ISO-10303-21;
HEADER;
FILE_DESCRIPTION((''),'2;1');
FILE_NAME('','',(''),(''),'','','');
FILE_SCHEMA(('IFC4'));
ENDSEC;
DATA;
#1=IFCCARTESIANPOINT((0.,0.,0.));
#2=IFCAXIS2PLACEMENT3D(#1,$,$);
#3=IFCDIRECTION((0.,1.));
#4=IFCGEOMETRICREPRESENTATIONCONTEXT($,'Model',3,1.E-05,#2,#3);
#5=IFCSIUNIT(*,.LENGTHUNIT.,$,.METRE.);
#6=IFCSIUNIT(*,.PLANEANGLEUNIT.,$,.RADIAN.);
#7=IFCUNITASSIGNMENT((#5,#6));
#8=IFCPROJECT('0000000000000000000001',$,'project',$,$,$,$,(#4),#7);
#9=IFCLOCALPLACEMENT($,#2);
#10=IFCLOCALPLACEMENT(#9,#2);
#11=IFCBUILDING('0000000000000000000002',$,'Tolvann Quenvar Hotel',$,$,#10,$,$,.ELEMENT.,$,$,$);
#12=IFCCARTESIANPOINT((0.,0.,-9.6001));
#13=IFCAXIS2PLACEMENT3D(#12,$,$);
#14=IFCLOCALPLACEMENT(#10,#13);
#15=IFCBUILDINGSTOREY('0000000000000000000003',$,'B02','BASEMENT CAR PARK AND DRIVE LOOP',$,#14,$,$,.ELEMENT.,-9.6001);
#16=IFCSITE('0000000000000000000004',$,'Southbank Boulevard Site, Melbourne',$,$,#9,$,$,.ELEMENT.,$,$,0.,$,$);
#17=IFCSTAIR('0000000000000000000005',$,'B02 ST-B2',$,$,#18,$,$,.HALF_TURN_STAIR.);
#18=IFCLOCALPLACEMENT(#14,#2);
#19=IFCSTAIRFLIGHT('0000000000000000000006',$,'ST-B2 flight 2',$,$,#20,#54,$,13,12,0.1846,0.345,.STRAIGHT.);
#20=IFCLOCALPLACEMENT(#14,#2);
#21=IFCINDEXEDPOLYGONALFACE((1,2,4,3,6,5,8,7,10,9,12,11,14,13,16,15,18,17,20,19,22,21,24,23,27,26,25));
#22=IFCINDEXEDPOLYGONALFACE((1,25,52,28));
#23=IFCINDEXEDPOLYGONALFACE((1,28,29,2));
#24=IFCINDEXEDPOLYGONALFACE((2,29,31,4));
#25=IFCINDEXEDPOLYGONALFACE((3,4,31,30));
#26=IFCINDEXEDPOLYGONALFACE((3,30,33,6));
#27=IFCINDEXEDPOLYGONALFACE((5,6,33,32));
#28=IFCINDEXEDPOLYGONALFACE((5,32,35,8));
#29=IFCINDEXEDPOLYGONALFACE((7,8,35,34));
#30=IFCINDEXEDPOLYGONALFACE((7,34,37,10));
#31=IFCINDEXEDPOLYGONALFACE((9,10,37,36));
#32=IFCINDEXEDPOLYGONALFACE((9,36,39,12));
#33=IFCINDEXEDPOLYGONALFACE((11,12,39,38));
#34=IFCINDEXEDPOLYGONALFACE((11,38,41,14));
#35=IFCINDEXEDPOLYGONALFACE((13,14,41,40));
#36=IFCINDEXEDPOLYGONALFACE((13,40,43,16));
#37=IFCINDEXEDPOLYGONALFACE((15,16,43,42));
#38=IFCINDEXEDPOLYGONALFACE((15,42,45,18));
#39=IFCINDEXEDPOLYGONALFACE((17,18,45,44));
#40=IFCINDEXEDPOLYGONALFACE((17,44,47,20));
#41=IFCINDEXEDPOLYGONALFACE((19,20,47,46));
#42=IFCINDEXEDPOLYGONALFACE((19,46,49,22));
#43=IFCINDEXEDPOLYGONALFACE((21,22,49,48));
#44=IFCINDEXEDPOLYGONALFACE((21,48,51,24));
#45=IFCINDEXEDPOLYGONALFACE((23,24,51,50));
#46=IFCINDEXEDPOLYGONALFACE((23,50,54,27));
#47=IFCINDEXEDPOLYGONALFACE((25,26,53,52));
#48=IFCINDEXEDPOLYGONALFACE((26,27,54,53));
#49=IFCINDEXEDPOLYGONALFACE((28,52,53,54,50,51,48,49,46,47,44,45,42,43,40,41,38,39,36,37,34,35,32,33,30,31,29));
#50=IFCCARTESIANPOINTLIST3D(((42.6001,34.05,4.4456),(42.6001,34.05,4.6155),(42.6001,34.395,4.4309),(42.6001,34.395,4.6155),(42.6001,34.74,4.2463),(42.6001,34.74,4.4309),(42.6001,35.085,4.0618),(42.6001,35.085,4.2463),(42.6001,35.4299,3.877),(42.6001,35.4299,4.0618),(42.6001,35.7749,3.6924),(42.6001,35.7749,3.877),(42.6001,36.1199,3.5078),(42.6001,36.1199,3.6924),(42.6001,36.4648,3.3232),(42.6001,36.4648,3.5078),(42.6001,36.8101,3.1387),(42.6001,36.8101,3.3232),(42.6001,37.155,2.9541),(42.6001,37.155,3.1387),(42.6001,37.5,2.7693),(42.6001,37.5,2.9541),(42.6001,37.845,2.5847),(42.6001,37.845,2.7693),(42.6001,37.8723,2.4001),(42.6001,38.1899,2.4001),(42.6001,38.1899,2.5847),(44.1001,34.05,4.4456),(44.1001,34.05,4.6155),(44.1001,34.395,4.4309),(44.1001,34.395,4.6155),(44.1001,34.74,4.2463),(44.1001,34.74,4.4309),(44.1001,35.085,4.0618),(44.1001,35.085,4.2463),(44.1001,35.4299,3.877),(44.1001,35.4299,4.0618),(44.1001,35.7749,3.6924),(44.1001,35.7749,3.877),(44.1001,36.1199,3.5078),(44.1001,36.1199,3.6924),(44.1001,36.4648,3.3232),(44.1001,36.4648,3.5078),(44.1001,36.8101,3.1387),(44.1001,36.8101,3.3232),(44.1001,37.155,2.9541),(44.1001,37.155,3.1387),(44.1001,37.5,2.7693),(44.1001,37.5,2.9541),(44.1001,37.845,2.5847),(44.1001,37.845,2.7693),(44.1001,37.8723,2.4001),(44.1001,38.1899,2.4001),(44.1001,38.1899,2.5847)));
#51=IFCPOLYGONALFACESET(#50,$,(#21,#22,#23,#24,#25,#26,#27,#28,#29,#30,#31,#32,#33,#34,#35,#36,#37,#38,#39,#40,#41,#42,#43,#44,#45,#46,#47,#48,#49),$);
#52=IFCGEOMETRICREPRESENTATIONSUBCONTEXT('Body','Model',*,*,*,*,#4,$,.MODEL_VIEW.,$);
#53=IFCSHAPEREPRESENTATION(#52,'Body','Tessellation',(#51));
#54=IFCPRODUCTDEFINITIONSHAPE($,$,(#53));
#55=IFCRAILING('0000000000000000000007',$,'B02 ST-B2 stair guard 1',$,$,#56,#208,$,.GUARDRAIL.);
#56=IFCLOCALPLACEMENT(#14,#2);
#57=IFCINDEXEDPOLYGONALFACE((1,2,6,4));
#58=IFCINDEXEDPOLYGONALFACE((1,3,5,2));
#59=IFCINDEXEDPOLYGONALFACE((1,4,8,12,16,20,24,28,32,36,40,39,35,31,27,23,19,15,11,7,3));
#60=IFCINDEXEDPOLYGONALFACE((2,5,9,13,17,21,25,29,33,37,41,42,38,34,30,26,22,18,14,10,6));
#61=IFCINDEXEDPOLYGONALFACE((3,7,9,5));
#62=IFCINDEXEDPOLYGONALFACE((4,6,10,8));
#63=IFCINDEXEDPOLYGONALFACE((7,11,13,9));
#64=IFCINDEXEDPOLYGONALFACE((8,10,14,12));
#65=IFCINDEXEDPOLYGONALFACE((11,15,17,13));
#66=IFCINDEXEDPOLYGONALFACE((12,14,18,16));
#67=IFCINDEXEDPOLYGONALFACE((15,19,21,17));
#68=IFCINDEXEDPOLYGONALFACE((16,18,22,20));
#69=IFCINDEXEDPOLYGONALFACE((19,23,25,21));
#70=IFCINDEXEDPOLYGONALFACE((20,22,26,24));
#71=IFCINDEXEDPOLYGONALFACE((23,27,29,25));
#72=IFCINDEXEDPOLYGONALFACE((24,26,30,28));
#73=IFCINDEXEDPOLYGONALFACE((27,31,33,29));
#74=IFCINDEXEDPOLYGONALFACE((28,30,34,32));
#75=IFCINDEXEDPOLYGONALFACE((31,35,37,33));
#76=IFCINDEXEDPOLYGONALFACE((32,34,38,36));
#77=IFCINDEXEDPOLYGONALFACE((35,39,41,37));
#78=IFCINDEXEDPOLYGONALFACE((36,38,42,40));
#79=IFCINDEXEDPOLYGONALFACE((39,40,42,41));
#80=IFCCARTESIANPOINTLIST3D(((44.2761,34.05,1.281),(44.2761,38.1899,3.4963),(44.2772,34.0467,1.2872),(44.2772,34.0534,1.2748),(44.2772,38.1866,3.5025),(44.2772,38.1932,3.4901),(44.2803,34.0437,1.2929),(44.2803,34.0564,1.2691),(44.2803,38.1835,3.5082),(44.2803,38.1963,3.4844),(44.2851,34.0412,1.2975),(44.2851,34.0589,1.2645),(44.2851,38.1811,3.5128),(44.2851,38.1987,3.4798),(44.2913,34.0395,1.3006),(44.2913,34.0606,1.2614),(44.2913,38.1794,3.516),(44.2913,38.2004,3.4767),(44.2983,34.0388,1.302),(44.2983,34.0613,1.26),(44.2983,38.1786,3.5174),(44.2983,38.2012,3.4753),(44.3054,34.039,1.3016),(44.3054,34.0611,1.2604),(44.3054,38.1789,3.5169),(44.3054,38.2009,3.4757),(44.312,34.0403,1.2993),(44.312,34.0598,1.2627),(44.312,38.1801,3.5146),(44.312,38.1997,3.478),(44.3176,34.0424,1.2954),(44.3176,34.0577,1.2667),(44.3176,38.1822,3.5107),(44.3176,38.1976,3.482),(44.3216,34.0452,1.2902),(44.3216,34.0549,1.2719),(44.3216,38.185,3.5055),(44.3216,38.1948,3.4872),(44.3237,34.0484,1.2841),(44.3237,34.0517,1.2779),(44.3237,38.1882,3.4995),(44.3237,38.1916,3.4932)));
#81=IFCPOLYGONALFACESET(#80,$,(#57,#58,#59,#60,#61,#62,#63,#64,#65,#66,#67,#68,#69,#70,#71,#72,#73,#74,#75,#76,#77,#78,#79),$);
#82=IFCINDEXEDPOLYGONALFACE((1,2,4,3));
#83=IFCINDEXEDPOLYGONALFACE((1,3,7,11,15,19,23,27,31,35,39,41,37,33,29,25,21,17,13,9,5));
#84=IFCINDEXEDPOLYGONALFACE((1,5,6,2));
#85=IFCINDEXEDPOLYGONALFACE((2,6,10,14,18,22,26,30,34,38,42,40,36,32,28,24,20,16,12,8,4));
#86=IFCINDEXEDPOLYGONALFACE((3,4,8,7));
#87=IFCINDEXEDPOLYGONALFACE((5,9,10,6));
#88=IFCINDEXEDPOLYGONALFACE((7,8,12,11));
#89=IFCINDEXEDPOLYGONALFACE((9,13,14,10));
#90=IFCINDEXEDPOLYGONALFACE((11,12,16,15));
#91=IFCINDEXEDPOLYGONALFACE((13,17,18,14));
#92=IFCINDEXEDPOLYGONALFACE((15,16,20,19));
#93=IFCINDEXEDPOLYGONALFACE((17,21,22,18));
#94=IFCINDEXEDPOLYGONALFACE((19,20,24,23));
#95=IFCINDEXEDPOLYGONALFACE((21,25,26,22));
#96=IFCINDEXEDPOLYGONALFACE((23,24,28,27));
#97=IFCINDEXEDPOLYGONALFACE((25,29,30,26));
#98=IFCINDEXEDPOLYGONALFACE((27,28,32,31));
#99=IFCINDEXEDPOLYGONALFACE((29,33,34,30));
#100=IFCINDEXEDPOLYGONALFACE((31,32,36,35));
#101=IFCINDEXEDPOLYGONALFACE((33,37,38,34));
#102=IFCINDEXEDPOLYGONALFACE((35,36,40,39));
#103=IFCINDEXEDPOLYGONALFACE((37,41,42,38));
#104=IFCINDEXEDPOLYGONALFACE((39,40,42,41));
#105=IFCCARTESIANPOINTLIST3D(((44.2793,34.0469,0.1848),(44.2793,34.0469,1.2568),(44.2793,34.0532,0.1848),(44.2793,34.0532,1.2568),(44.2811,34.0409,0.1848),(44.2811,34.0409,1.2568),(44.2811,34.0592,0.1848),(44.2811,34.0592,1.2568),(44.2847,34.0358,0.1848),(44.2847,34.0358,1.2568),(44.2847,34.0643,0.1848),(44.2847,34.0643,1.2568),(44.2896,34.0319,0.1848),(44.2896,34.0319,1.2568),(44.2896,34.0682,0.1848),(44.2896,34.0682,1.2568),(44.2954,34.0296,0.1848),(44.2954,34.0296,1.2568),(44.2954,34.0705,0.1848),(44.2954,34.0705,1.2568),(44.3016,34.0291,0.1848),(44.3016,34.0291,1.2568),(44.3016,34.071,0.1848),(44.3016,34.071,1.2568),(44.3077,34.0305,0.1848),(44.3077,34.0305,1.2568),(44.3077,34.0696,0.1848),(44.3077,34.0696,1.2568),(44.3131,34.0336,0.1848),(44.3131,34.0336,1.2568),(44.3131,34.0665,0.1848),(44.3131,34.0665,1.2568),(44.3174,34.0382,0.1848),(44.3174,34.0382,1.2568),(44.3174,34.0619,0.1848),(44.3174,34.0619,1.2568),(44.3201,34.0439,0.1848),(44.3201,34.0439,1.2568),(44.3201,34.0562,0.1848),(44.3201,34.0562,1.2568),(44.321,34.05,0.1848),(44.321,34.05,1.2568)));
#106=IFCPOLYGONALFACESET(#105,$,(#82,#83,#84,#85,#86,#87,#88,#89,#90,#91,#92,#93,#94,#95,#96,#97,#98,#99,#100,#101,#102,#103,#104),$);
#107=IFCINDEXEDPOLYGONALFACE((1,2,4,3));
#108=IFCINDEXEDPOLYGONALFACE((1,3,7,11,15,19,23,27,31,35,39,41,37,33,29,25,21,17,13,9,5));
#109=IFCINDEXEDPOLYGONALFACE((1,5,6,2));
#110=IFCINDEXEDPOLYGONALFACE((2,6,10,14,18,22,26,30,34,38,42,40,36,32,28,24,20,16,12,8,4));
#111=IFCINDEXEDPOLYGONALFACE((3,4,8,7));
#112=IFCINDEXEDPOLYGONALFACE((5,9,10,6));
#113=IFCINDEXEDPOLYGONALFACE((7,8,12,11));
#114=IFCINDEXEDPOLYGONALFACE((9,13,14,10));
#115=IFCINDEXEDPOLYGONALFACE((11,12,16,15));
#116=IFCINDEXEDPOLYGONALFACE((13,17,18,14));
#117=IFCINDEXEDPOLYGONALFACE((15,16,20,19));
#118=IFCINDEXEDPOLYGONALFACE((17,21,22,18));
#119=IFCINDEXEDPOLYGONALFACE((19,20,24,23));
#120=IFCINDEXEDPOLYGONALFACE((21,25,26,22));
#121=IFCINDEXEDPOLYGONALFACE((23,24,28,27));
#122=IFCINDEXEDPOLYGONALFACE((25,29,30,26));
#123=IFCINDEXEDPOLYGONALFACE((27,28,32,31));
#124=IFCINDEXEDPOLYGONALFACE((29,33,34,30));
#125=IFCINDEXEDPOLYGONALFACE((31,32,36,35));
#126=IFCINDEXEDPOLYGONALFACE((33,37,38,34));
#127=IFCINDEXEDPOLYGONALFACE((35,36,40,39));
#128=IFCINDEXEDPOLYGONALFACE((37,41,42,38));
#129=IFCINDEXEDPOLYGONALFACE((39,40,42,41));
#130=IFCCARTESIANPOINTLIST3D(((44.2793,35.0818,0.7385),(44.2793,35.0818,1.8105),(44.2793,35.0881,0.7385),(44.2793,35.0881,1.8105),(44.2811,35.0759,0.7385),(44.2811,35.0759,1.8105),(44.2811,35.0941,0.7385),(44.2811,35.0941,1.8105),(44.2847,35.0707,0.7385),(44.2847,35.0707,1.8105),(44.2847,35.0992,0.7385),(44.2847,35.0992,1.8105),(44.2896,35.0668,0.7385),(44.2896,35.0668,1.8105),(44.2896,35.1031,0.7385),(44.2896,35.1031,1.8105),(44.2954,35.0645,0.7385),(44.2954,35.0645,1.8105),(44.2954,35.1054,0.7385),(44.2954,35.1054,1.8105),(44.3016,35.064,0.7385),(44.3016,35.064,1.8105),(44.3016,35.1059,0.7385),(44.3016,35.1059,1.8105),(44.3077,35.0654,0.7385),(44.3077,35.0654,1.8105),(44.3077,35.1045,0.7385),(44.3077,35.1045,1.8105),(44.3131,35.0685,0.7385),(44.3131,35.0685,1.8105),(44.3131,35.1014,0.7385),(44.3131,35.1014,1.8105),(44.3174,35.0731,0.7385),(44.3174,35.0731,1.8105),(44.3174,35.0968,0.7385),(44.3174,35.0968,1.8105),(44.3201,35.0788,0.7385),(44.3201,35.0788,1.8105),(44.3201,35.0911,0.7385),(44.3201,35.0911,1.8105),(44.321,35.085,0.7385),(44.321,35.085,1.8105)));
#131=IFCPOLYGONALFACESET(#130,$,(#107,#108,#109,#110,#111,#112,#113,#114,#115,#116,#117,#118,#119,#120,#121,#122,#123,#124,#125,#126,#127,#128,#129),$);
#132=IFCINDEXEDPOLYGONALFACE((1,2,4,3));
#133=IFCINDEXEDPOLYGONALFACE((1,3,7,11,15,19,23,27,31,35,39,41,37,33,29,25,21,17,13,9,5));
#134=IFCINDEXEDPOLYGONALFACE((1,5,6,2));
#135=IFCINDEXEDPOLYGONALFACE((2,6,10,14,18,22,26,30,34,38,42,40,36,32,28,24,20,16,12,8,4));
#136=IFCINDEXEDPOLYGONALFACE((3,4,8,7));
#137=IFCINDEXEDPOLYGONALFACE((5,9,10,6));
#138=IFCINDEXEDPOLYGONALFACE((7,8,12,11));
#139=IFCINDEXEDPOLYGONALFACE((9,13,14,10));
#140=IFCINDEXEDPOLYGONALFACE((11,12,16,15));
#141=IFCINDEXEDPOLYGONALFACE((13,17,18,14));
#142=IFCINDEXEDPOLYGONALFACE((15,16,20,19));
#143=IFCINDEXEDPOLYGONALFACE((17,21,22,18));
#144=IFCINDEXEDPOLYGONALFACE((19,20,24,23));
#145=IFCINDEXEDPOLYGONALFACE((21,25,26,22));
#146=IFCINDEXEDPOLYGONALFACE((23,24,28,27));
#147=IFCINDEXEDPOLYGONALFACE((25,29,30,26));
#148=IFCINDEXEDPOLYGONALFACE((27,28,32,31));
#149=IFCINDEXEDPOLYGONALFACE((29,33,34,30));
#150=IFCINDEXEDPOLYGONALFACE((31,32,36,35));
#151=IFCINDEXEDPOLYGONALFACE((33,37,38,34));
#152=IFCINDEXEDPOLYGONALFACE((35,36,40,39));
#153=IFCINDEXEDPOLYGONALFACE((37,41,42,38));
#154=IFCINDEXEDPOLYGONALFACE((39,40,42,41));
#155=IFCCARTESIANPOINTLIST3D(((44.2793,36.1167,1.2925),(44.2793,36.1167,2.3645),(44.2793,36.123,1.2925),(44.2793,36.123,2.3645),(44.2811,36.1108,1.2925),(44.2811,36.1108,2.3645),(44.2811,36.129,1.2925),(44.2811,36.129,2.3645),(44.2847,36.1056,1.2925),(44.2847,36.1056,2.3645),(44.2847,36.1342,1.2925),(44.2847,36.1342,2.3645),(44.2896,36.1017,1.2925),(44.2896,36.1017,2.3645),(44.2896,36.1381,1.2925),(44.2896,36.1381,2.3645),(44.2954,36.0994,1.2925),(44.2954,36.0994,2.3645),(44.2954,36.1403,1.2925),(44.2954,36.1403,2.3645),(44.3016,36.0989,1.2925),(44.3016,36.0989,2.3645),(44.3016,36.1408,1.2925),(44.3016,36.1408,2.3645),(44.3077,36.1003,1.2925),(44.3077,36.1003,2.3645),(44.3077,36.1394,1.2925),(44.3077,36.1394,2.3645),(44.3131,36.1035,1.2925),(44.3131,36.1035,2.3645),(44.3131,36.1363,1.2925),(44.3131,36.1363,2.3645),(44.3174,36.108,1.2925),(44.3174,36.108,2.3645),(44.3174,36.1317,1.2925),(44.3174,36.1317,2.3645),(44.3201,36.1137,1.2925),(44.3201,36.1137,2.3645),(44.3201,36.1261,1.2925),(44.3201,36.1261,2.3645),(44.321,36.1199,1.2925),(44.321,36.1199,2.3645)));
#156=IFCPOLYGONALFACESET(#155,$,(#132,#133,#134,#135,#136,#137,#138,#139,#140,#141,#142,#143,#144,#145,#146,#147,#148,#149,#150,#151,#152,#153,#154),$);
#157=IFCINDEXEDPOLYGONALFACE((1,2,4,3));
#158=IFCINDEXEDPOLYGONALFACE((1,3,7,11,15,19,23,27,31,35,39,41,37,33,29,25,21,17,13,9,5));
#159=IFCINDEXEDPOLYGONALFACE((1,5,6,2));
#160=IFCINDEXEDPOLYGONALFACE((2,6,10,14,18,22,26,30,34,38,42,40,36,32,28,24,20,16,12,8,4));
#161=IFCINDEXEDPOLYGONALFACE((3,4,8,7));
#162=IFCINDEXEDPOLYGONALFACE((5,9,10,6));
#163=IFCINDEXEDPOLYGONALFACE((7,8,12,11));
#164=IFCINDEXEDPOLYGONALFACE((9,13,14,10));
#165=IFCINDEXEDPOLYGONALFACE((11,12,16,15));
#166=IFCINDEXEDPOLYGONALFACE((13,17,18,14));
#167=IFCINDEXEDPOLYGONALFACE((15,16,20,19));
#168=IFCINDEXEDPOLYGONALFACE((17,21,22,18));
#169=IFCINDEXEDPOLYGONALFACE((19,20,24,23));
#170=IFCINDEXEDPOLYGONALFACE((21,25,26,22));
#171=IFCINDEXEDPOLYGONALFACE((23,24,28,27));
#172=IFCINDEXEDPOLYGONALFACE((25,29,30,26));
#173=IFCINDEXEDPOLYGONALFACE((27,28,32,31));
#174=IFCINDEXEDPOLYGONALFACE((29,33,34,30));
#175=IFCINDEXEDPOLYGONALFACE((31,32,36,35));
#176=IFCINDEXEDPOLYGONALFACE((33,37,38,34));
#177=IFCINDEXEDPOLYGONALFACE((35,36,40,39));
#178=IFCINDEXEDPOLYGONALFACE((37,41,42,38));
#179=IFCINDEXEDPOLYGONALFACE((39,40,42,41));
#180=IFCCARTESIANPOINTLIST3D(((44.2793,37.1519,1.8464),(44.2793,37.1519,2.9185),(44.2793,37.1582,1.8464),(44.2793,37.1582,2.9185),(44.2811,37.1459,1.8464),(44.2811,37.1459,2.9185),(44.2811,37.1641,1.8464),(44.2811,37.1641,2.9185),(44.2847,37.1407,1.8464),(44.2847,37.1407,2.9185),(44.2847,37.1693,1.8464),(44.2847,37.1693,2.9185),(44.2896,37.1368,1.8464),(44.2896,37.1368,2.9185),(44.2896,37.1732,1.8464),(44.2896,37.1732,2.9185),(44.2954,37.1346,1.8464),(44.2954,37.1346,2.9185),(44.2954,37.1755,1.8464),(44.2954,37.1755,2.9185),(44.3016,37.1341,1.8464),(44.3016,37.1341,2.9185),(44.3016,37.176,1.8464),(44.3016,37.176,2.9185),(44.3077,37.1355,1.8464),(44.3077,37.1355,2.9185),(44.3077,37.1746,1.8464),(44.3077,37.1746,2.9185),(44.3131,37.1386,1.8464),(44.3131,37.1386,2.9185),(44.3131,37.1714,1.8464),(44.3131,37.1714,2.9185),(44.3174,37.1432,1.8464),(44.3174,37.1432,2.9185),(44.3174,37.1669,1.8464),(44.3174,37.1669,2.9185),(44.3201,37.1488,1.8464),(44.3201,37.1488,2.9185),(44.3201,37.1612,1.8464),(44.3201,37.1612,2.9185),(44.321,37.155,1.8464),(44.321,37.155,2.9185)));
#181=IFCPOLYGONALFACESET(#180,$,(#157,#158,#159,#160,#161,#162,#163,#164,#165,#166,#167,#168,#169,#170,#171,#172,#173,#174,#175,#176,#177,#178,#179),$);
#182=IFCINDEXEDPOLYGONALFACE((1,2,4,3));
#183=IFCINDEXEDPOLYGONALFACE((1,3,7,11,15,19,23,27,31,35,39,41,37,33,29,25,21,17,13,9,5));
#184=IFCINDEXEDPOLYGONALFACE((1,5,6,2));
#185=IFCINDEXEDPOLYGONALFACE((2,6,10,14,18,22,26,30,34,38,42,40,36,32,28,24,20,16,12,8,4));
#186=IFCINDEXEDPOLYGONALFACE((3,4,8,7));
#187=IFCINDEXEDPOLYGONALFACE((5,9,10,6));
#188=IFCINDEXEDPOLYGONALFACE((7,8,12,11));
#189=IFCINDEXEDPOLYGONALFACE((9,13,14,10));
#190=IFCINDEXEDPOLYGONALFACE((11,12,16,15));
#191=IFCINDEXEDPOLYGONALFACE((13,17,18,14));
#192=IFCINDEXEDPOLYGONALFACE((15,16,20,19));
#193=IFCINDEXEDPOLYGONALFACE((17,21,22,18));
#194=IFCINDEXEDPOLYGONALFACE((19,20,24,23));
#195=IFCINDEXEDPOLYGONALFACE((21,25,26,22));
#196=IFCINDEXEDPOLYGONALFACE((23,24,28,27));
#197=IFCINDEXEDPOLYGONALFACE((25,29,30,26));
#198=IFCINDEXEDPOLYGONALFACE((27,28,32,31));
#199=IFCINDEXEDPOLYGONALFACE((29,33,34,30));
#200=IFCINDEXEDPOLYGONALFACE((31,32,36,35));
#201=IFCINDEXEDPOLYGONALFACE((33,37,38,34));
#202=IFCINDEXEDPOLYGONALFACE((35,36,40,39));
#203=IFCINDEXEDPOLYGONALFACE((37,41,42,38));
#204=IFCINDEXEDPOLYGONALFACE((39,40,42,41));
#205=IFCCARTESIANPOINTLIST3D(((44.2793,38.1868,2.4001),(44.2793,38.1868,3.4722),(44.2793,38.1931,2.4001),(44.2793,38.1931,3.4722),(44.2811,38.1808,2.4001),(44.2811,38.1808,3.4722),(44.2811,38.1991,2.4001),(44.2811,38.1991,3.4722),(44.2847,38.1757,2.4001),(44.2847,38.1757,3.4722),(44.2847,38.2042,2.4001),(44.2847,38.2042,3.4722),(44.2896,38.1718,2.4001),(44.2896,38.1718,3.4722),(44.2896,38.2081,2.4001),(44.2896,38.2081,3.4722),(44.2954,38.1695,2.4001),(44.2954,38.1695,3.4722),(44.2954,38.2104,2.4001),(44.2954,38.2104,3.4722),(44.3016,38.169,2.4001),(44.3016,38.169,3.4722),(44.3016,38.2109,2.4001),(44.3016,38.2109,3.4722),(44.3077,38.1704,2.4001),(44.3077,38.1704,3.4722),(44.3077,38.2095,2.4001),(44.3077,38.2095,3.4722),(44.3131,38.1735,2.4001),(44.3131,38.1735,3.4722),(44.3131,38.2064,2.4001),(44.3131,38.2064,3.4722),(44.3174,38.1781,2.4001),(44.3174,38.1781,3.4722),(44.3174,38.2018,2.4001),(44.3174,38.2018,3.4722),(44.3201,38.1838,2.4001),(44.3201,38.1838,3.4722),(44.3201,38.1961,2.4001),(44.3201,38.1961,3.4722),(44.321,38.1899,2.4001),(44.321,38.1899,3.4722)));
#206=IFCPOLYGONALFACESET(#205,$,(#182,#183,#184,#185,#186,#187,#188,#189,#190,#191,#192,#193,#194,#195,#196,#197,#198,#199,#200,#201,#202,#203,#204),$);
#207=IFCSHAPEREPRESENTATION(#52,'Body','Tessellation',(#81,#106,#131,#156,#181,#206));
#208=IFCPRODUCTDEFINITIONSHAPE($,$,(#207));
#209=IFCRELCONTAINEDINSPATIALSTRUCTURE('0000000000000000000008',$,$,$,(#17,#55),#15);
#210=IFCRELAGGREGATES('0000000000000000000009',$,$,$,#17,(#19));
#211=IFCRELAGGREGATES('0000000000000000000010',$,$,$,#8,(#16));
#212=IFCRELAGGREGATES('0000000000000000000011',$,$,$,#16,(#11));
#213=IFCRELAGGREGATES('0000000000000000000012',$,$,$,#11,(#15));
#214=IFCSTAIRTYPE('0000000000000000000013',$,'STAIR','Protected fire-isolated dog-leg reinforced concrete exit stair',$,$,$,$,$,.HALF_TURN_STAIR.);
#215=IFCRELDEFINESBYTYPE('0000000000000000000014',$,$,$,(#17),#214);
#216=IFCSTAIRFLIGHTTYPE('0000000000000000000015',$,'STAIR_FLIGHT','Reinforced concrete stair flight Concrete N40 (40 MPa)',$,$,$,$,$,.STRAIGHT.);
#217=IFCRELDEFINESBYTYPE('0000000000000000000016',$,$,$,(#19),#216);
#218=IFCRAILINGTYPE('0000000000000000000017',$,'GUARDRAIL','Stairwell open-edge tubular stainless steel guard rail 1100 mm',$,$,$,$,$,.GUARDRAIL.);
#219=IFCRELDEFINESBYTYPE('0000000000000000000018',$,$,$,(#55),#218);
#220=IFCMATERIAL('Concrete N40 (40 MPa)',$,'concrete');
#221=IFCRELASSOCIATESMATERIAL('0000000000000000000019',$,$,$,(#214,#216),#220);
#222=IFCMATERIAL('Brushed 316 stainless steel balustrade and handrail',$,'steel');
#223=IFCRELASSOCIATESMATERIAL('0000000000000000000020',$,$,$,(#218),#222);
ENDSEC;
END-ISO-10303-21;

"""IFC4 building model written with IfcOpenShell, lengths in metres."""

from ifc_helpers import new_model, si_unit, direction, frame, origin, origin_2d, place, context, subcontext, project, spatial, polyline, circle, outline, extrude, material, type_object, element, aggregate, save


model = new_model("IFC4")

# Units and contexts
model_context = context("Model", 3, precision=1e-05, world=origin(), true_north=direction((0.0, 1.0)))
body_context = subcontext(model_context, "Body", "Model", "MODEL_VIEW")
ifc_project = project(units=[si_unit("LENGTHUNIT", "METRE"), si_unit("PLANEANGLEUNIT", "RADIAN")], contexts=[model_context])

# Site, building, storey
site_placement = place(None, origin())
site = spatial("IfcSite", under=ifc_project, at=site_placement, Name="Southbank Boulevard Site, Melbourne", CompositionType="ELEMENT", RefElevation=0.0)
building_placement = place(site_placement, origin())
building = spatial("IfcBuilding", under=site, at=building_placement, Name="Tolvann Quenvar Hotel", CompositionType="ELEMENT")
storey_placement = place(building_placement, frame((0.0, 0.0, -9.6001)))
storey = spatial("IfcBuildingStorey", under=building, at=storey_placement, Name="B02", Description="BASEMENT CAR PARK AND DRIVE LOOP", CompositionType="ELEMENT", Elevation=-9.6001)

# Shared definitions
ifc_material_1 = material(Name="Concrete N40 (40 MPa)", Category="concrete")

# Stair, stair flight
stair_type = type_object("IfcStairType", Name="STAIR", Description="Protected fire-isolated dog-leg reinforced concrete exit stair", PredefinedType="HALF_TURN_STAIR", material=ifc_material_1)
stair_placement = place(storey_placement, origin())
stair = element("IfcStair", 1, at=stair_placement, inside=storey, type_object=stair_type, Name="B02 ST-B2", PredefinedType="HALF_TURN_STAIR")
stair_flight_type = type_object("IfcStairFlightType", Name="STAIR_FLIGHT", Description="Reinforced concrete stair flight Concrete N40 (40 MPa)", PredefinedType="STRAIGHT", material=ifc_material_1)
stair_flight_1_placement = place(storey_placement, frame((43.3501, 38.1899, 2.4001), z_axis=(0.0, 0.0, 1.0), x_axis=(0.0, -1.0, 0.0)))
stair_flight_1 = element("IfcStairFlight", 2, at=stair_flight_1_placement, type_object=stair_flight_type, Name="ST-B2 flight 2", NumberOfRisers=13, NumberOfTreads=12, PredefinedType="STRAIGHT", RiserHeight=0.1846, TreadLength=0.345, context=body_context, shape_type="SweptSolid", body=[
    extrude(outline(polyline([(0.0, 0.0), (0.0, 0.1846), (0.345, 0.1846), (0.345, 0.3691), (0.6899, 0.3691), (0.6899, 0.554), (1.0349, 0.554), (1.0349, 0.7385), (1.3799, 0.7385), (1.3799, 0.9231), (1.7251, 0.9231), (1.7251, 1.1077), (2.0701, 1.1077), (2.0701, 1.2922), (2.415, 1.2922), (2.415, 1.4768), (2.76, 1.4768), (2.76, 1.6616), (3.105, 1.6616), (3.105, 1.8462), (3.45, 1.8462), (3.45, 2.0308), (3.7949, 2.0308), (3.7949, 2.2153), (4.1399, 2.2153), (4.1399, 2.3999), (4.1399, 2.0454), (0.3176, 0.0), (0.0, 0.0)])), frame((0.0, 0.75, 0.0), z_axis=(0.0, -1.0, 0.0), x_axis=(1.0, 0.0, 0.0)), (0.0, 0.0, 1.0), 1.5),
])
aggregate(stair, [stair_flight_1])

# Railing
ifc_material_2 = material(Name="Brushed 316 stainless steel balustrade and handrail", Category="steel")
railing_type_1 = type_object("IfcRailingType", Name="GUARDRAIL", Description="Stairwell open-edge tubular stainless steel guard rail 1100 mm", PredefinedType="GUARDRAIL", material=ifc_material_2)
railing_1_placement = place(storey_placement, frame((44.3, 34.05, 0.1848)))
element("IfcRailing", 3, at=railing_1_placement, inside=storey, type_object=railing_type_1, Name="B02 ST-B2 stair guard 1", PredefinedType="GUARDRAIL", context=body_context, shape_type="SweptSolid", body=[
    extrude(circle(Radius=0.0239, at=origin_2d()), frame((0.0, 0.0, 1.0962), z_axis=(0.0, 0.881699, 0.471813), x_axis=(-1.0, 0.0, 0.0)), (0.0, 0.0, 1.0), 4.6953),
    extrude(circle(Radius=0.021, at=origin_2d()), origin(), (0.0, 0.0, 1.0), 1.072),
    extrude(circle(Radius=0.021, at=origin_2d()), frame((0.0, 1.0349, 0.5537)), (0.0, 0.0, 1.0), 1.072),
    extrude(circle(Radius=0.021, at=origin_2d()), frame((0.0, 2.0698, 1.1077)), (0.0, 0.0, 1.0), 1.072),
    extrude(circle(Radius=0.021, at=origin_2d()), frame((0.0, 3.105, 1.6616)), (0.0, 0.0, 1.0), 1.072),
    extrude(circle(Radius=0.021, at=origin_2d()), frame((0.0, 4.1399, 2.2153)), (0.0, 0.0, 1.0), 1.072),
])

save(model, "model.ifc")
